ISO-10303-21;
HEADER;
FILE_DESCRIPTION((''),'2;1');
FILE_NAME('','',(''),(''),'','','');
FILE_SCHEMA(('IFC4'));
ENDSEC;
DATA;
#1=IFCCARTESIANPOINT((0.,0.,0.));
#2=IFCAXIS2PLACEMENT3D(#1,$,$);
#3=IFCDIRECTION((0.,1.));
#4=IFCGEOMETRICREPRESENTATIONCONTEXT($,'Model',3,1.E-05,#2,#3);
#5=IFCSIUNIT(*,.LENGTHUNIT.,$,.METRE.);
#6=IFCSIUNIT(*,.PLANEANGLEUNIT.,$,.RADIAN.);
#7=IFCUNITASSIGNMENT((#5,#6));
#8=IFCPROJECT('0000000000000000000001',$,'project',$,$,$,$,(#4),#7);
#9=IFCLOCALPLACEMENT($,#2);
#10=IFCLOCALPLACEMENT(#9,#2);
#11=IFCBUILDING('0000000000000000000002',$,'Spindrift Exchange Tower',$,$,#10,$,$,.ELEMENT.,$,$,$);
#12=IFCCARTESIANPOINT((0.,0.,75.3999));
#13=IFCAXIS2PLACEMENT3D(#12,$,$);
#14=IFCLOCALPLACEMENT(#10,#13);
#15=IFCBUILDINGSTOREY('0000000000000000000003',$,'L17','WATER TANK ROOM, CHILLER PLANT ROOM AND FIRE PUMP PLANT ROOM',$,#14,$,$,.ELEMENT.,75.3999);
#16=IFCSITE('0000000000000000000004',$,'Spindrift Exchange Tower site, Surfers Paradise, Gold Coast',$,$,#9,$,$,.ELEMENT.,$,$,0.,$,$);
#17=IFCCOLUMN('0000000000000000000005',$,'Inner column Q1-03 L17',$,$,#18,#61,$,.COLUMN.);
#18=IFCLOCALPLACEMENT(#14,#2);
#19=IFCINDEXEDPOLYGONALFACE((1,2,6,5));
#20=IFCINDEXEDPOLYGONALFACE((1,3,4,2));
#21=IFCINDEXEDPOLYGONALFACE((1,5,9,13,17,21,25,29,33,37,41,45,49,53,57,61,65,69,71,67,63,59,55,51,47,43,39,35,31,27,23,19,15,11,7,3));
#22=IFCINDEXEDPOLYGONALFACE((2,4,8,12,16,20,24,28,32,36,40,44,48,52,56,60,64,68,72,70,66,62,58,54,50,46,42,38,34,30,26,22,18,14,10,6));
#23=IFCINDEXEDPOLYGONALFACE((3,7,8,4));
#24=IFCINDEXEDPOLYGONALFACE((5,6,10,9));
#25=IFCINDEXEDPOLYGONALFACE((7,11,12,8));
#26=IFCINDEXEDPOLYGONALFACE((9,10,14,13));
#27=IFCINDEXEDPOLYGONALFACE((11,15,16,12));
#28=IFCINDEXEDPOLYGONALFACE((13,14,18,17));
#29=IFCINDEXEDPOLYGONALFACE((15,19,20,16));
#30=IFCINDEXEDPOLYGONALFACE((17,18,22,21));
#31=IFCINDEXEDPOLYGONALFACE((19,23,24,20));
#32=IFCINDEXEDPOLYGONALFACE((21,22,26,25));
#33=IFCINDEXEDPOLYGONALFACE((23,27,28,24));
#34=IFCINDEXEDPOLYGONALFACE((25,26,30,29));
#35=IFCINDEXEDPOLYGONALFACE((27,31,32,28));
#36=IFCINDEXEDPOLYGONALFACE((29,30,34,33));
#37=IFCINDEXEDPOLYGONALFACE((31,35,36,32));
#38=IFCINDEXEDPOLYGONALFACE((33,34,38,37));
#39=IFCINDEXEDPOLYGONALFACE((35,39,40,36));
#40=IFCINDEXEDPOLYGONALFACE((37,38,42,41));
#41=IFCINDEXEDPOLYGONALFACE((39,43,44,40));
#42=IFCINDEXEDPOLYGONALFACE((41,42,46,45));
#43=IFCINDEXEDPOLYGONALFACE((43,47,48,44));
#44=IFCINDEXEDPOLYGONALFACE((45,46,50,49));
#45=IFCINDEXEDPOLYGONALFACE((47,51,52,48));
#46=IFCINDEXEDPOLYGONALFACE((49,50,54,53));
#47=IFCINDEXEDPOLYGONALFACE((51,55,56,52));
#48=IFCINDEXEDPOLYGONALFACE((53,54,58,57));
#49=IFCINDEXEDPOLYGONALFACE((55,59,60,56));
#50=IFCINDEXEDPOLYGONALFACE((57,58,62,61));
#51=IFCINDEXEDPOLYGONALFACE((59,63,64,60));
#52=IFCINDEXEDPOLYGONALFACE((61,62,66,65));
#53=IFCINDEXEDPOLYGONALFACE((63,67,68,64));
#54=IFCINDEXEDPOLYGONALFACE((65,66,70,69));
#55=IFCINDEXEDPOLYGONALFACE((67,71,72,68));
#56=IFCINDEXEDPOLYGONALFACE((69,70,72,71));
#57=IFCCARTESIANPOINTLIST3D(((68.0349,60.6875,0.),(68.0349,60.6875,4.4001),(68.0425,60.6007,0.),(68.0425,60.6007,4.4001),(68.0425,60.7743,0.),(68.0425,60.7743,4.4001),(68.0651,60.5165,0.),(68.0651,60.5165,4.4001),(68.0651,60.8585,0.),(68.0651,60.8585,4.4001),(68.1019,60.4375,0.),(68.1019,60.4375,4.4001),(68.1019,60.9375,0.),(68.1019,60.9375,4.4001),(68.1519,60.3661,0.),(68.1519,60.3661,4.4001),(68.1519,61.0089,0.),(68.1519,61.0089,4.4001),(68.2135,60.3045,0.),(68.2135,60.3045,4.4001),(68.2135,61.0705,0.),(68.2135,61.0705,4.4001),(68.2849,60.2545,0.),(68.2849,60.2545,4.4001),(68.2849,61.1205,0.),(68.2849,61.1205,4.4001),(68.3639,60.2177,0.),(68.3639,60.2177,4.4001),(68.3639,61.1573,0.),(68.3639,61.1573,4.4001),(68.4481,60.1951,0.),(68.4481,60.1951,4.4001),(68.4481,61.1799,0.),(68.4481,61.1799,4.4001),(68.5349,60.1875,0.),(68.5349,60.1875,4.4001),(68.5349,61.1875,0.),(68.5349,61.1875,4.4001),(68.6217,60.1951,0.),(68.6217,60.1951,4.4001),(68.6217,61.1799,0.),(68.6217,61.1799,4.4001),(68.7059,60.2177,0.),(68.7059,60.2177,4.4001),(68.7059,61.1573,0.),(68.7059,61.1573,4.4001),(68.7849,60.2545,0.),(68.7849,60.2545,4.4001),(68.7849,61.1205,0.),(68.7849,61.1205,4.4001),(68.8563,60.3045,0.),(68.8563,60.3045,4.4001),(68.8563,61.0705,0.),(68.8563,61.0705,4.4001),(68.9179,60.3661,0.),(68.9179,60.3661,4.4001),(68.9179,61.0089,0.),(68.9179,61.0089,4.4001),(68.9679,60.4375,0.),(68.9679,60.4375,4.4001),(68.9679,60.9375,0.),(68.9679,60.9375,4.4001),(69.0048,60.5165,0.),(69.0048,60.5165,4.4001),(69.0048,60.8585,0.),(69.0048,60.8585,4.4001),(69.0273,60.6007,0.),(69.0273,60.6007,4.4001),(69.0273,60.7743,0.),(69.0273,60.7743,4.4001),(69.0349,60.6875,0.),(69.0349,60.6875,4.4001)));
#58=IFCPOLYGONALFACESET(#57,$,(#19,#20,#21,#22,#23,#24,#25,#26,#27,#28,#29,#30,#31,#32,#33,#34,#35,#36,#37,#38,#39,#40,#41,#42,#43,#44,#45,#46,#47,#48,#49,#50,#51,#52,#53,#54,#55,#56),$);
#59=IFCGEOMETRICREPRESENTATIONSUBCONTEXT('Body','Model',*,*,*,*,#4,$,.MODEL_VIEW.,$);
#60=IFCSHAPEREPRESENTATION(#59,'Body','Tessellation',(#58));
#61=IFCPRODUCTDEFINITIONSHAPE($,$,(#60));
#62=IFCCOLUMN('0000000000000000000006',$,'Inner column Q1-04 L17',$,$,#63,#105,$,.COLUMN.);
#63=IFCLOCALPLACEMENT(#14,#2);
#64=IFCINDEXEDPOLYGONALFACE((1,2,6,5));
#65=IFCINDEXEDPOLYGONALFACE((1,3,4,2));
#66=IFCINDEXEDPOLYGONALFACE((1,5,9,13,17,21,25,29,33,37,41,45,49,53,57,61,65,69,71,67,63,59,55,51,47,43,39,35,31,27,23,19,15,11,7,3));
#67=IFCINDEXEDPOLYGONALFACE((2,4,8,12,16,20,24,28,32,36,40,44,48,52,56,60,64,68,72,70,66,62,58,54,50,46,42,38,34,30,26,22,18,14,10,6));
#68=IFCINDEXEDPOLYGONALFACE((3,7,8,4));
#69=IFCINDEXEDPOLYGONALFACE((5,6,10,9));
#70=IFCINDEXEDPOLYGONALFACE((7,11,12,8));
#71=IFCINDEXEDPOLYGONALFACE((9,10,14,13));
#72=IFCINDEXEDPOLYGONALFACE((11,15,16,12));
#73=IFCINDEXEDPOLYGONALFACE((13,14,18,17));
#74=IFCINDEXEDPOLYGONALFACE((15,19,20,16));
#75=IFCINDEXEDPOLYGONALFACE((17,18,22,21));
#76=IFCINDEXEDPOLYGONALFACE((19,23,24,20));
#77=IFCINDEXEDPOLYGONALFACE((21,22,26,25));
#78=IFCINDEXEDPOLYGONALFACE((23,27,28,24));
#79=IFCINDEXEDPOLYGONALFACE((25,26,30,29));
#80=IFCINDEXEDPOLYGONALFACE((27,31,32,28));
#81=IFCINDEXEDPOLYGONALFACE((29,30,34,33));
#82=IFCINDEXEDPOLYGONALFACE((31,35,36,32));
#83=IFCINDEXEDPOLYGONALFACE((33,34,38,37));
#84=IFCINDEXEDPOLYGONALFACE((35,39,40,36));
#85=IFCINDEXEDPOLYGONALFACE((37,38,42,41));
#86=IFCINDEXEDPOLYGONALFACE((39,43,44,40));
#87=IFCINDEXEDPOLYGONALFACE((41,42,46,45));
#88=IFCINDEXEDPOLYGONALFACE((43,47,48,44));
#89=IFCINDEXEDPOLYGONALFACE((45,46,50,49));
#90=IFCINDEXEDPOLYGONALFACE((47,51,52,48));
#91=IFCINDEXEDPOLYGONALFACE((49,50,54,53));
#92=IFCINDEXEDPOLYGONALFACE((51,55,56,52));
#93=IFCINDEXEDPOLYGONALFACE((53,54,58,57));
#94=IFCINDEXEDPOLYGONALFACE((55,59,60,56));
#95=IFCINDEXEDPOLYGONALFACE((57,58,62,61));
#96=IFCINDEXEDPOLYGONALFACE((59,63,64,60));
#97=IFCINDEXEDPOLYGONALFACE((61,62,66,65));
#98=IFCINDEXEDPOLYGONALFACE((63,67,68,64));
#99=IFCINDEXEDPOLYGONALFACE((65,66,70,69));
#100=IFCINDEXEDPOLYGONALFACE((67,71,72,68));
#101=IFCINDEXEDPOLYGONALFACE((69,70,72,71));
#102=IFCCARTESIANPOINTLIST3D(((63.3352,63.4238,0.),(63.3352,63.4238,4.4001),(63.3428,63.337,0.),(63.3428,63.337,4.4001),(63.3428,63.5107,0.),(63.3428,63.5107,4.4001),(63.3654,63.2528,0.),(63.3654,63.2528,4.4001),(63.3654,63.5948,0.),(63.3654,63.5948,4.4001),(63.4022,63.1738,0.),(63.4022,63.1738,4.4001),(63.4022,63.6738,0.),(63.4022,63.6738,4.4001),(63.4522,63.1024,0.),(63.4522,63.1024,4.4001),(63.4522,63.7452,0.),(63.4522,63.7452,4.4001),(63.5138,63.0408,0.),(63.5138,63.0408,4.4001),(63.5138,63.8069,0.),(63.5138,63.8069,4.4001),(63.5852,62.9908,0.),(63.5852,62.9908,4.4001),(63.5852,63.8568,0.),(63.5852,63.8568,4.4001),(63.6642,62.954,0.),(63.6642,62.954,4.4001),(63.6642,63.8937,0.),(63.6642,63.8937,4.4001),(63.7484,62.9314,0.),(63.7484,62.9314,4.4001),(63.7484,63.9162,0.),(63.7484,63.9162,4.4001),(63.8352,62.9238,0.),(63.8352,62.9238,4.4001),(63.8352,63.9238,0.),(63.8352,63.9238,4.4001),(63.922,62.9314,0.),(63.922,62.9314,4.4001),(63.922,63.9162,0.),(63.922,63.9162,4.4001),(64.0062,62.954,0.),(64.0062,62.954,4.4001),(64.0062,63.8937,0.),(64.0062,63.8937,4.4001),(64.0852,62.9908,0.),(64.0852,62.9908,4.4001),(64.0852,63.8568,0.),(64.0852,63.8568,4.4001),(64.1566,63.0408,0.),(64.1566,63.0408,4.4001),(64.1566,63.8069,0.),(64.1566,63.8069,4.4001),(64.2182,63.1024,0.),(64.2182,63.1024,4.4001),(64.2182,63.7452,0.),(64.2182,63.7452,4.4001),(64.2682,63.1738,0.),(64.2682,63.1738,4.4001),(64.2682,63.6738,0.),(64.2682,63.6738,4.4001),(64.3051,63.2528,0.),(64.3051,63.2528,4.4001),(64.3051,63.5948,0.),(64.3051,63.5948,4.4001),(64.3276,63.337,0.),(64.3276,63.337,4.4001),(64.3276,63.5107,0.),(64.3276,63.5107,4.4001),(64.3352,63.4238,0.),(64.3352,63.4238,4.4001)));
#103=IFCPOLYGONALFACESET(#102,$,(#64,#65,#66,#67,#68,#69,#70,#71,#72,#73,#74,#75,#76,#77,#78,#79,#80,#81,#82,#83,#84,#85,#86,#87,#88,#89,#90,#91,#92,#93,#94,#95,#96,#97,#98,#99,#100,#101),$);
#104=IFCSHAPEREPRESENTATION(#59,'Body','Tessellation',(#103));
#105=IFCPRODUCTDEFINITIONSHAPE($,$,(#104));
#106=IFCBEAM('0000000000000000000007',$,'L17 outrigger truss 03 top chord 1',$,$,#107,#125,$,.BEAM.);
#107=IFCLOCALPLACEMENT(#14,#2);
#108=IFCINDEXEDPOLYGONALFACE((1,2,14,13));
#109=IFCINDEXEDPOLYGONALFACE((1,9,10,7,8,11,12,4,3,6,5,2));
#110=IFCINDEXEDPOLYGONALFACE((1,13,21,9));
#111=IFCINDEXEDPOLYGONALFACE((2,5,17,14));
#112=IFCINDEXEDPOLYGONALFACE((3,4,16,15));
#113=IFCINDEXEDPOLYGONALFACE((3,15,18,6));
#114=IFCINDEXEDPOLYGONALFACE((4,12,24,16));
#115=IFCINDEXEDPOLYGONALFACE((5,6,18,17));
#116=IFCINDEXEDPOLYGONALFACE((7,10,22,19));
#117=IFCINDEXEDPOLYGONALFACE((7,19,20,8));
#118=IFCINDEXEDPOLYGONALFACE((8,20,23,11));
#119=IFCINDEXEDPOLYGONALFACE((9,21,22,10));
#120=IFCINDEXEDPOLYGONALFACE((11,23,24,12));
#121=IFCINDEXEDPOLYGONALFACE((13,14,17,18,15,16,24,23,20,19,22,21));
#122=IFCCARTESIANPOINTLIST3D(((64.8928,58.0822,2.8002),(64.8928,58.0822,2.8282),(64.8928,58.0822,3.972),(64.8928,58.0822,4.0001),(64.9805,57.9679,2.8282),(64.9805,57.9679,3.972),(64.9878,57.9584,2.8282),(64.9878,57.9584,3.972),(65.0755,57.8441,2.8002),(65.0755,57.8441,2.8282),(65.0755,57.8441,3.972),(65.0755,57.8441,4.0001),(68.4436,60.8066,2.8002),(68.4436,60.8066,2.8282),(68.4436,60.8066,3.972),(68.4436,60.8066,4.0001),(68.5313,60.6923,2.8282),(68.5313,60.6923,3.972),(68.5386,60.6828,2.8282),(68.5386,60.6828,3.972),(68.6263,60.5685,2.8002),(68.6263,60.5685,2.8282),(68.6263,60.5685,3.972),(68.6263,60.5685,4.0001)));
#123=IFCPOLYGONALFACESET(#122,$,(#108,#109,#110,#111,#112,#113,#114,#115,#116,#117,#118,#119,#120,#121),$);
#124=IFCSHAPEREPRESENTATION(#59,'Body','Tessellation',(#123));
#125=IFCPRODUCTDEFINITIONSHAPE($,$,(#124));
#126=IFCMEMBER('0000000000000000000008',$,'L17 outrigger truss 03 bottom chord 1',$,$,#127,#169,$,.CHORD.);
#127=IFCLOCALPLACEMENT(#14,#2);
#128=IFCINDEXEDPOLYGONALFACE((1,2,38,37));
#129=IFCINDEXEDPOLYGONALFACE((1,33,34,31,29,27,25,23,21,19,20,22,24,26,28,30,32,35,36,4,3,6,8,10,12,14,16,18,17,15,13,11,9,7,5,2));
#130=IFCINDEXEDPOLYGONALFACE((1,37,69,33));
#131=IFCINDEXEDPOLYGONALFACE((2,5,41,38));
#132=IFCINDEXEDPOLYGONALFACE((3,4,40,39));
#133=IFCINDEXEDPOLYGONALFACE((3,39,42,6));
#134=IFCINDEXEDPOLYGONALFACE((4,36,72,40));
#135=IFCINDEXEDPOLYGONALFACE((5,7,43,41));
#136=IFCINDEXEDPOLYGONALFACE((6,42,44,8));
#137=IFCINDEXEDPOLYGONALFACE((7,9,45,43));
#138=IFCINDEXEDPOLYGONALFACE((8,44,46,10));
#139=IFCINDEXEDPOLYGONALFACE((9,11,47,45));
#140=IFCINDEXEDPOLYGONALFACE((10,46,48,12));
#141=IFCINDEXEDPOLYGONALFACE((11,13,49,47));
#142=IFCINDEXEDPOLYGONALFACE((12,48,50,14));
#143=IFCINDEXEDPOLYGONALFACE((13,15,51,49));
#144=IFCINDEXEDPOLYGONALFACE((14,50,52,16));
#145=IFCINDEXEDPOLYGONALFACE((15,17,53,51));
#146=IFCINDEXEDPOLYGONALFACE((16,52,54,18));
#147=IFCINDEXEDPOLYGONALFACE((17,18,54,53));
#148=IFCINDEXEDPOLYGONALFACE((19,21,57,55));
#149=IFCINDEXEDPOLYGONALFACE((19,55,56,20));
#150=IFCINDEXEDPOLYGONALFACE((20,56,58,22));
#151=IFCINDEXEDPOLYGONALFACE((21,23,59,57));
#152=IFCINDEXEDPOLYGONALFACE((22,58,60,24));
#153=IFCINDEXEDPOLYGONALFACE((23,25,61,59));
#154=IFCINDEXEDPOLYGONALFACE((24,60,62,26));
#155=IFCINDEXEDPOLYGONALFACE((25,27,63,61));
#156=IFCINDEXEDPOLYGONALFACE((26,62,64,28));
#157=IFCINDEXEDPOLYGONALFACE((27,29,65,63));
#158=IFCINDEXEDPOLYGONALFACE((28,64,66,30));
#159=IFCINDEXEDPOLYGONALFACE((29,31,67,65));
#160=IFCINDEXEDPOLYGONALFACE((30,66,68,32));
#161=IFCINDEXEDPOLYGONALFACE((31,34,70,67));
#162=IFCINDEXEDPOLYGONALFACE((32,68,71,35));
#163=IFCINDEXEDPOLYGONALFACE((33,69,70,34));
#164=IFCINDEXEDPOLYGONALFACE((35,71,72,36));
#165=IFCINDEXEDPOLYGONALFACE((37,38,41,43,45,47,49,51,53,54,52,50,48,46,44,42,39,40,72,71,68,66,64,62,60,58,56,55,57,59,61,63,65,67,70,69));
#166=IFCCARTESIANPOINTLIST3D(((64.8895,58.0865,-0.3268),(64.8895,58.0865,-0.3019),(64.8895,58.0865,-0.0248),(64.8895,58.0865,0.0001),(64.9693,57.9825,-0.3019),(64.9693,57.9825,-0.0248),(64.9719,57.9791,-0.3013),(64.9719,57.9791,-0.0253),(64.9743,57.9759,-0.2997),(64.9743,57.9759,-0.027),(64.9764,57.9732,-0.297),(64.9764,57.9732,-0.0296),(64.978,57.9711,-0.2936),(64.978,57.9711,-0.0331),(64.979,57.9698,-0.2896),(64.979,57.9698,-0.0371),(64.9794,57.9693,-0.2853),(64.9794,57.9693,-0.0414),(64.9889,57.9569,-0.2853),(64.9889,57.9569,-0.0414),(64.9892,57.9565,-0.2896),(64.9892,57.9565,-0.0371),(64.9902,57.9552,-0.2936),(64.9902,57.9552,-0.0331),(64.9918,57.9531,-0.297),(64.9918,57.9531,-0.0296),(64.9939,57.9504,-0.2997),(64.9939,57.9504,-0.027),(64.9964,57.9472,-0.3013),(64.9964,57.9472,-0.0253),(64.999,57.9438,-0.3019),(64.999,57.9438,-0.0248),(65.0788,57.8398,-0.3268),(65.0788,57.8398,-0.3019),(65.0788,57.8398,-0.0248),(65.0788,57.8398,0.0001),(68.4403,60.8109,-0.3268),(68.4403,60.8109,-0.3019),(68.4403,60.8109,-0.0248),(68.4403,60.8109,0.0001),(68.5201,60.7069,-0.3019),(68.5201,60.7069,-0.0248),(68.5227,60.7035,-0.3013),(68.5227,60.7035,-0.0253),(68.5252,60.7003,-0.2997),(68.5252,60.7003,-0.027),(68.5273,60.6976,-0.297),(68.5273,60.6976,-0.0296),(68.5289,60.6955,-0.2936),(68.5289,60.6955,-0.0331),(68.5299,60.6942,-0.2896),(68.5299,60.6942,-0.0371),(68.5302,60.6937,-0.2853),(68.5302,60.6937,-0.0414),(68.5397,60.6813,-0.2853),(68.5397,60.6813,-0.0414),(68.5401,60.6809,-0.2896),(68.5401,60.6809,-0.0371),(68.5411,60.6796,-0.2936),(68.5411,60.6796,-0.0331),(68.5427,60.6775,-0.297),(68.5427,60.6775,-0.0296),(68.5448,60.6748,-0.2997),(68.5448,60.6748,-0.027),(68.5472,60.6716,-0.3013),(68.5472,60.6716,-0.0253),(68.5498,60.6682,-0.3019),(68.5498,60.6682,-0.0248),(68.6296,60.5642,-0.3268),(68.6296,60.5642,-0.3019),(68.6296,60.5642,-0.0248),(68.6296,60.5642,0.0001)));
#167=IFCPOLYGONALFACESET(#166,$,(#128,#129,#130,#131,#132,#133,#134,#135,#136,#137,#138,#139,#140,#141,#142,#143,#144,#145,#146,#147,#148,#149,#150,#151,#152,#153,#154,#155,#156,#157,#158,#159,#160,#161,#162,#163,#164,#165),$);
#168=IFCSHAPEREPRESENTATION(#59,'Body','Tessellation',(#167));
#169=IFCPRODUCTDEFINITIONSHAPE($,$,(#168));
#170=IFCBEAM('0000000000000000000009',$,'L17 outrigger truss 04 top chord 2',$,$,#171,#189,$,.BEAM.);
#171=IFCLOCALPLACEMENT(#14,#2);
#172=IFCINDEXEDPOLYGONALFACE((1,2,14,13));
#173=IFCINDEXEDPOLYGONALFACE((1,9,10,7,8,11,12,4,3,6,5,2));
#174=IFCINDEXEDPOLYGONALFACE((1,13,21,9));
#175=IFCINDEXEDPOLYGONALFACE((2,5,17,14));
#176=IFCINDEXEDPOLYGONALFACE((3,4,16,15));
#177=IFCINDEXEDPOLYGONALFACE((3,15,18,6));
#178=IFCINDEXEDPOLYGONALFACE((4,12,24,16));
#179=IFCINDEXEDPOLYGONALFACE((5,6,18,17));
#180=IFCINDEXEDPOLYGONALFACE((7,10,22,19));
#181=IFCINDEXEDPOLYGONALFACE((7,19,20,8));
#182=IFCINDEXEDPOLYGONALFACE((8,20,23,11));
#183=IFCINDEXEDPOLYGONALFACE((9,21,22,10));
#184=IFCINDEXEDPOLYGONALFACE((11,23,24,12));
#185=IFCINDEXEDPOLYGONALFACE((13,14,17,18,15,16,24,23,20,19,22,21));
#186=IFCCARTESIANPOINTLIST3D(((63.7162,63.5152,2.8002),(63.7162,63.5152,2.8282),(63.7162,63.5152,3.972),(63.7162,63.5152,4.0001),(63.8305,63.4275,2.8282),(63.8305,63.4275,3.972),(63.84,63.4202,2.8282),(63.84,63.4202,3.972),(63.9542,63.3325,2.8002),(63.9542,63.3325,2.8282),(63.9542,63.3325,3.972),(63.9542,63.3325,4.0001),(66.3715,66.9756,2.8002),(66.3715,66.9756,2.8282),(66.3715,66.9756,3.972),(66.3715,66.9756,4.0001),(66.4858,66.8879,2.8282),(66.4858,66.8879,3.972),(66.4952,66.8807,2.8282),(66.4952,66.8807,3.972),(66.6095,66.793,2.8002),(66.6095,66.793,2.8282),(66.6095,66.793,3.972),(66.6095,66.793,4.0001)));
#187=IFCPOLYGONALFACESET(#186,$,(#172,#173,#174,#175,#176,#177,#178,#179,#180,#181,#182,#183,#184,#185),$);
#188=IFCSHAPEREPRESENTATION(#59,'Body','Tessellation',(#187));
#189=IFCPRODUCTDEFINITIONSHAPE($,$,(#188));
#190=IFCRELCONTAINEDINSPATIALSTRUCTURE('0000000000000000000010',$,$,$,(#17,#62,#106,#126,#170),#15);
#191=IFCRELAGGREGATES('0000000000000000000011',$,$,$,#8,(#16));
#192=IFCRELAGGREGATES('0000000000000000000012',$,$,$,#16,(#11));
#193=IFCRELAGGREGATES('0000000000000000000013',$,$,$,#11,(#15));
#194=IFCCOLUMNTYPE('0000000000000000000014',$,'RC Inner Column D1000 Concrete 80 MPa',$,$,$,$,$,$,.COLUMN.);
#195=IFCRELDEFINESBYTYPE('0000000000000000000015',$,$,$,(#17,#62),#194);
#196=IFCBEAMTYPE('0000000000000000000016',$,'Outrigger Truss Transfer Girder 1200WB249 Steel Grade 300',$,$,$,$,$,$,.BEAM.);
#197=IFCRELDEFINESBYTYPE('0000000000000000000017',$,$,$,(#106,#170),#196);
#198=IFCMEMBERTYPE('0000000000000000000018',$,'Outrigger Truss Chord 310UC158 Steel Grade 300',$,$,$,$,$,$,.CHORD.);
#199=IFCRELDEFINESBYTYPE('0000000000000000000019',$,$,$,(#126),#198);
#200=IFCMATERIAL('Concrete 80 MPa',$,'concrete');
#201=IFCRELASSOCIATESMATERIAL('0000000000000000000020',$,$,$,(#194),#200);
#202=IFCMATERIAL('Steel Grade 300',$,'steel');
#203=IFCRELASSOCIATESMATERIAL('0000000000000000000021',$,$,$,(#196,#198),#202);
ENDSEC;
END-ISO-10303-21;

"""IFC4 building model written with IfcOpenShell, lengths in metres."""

from ifc_helpers import new_model, si_unit, direction, frame, origin, origin_2d, place, context, subcontext, project, spatial, circle, i_section, extrude, source, transform, mapped, material, material_profile, profile_set, type_object, element, save


model = new_model("IFC4")

# Units and contexts
model_context = context("Model", 3, precision=1e-05, world=origin(), true_north=direction((0.0, 1.0)))
body_context = subcontext(model_context, "Body", "Model", "MODEL_VIEW")
ifc_project = project(units=[si_unit("LENGTHUNIT", "METRE"), si_unit("PLANEANGLEUNIT", "RADIAN")], contexts=[model_context])

# Site, building, storey
site_placement = place(None, origin())
site = spatial("IfcSite", under=ifc_project, at=site_placement, Name="Spindrift Exchange Tower site, Surfers Paradise, Gold Coast", CompositionType="ELEMENT", RefElevation=0.0)
building_placement = place(site_placement, origin())
building = spatial("IfcBuilding", under=site, at=building_placement, Name="Spindrift Exchange Tower", CompositionType="ELEMENT")
storey_placement = place(building_placement, frame((0.0, 0.0, 75.3999)))
storey = spatial("IfcBuildingStorey", under=building, at=storey_placement, Name="L17", Description="WATER TANK ROOM, CHILLER PLANT ROOM AND FIRE PUMP PLANT ROOM", CompositionType="ELEMENT", Elevation=75.3999)

# Columns
ifc_material_1 = material(Name="Concrete 80 MPa", Category="concrete")
ifc_material_profile_1 = material_profile(ifc_material_1, circle(Radius=0.5, at=origin_2d()), Name="RC D1000")
ifc_profile_set_1 = profile_set([ifc_material_profile_1], Name="Concrete 80 MPa")
column_type = type_object("IfcColumnType", Name="RC Inner Column D1000 Concrete 80 MPa", PredefinedType="COLUMN", material=ifc_profile_set_1)
shared_shape_1 = source(origin(), body_context, "Body", "SweptSolid", [
    extrude(circle(Radius=0.5, at=origin_2d()), origin(), (0.0, 0.0, 1.0), 4.4001),
])
for number, where, z_axis, x_axis, name in (
    (1, (68.5349, 60.6875, 0.0), (0.0, 0.0, 1.0), (1.0, 0.0, 0.0), "Inner column Q1-03 L17"),
    (2, (63.8352, 63.4238, 0.0), (0.0, 0.0, 1.0), (1.0, 0.0, 0.0), "Inner column Q1-04 L17"),
):
    element("IfcColumn", number, at=place(storey_placement, frame(where, z_axis=z_axis, x_axis=x_axis)), inside=storey, type_object=column_type, Name=name, PredefinedType="COLUMN", context=body_context, shape_type="MappedRepresentation", body=[
        mapped(shared_shape_1, transform((0.0, 0.0, 0.0), scale=1.0)),
    ])

# Beam
ifc_material_2 = material(Name="Steel Grade 300", Category="steel")
ifc_material_profile_2 = material_profile(ifc_material_2, i_section(OverallWidth=0.3, OverallDepth=1.2, WebThickness=0.012, FlangeThickness=0.0281, at=origin_2d()), Name="1200WB249")
ifc_profile_set_2 = profile_set([ifc_material_profile_2], Name="Steel Grade 300")
beam_type = type_object("IfcBeamType", Name="Outrigger Truss Transfer Girder 1200WB249 Steel Grade 300", PredefinedType="BEAM", material=ifc_profile_set_2)
shared_shape_2 = source(origin(), body_context, "Body", "SweptSolid", [
    extrude(i_section(OverallWidth=0.3, OverallDepth=1.2, WebThickness=0.012, FlangeThickness=0.0281, at=origin_2d()), origin(), (0.0, 0.0, 1.0), 4.4756),
])
beam_1_placement = place(storey_placement, frame((64.9841, 57.9631, 3.4001), z_axis=(0.79338, 0.608727, 0.0), x_axis=(-0.608727, 0.79338, 0.0)))
element("IfcBeam", 3, at=beam_1_placement, inside=storey, type_object=beam_type, Name="L17 outrigger truss 03 top chord 1", PredefinedType="BEAM", context=body_context, shape_type="MappedRepresentation", body=[
    mapped(shared_shape_2, transform((0.0, 0.0, 0.0), scale=1.0)),
])

# Member
ifc_material_profile_3 = material_profile(ifc_material_2, i_section(OverallWidth=0.311, OverallDepth=0.3269, WebThickness=0.0156, FlangeThickness=0.0249, FilletRadius=0.0166, at=origin_2d()), Name="310UC158")
ifc_profile_set_3 = profile_set([ifc_material_profile_3], Name="Steel Grade 300")
member_type_1 = type_object("IfcMemberType", Name="Outrigger Truss Chord 310UC158 Steel Grade 300", PredefinedType="CHORD", material=ifc_profile_set_3)
shared_shape_3 = source(origin(), body_context, "Body", "SweptSolid", [
    extrude(i_section(OverallWidth=0.311, OverallDepth=0.3269, WebThickness=0.0156, FlangeThickness=0.0249, FilletRadius=0.0166, at=origin_2d()), origin(), (0.0, 0.0, 1.0), 4.4756),
])
member_1_placement = place(storey_placement, frame((64.9841, 57.9631, -0.1633), z_axis=(0.79338, 0.608727, 0.0), x_axis=(-0.608727, 0.79338, 0.0)))
element("IfcMember", 4, at=member_1_placement, inside=storey, type_object=member_type_1, Name="L17 outrigger truss 03 bottom chord 1", PredefinedType="CHORD", context=body_context, shape_type="MappedRepresentation", body=[
    mapped(shared_shape_3, transform((0.0, 0.0, 0.0), scale=1.0)),
])

# Beam
shared_shape_4 = source(origin(), body_context, "Body", "SweptSolid", [
    extrude(i_section(OverallWidth=0.3, OverallDepth=1.2, WebThickness=0.012, FlangeThickness=0.0281, at=origin_2d()), origin(), (0.0, 0.0, 1.0), 4.3618),
])
beam_2_placement = place(storey_placement, frame((63.8352, 63.4238, 3.4001), z_axis=(0.608758, 0.793356, 0.0), x_axis=(-0.793356, 0.608758, 0.0)))
element("IfcBeam", 5, at=beam_2_placement, inside=storey, type_object=beam_type, Name="L17 outrigger truss 04 top chord 2", PredefinedType="BEAM", context=body_context, shape_type="MappedRepresentation", body=[
    mapped(shared_shape_4, transform((0.0, 0.0, 0.0), scale=1.0)),
])

save(model, "model.ifc")
